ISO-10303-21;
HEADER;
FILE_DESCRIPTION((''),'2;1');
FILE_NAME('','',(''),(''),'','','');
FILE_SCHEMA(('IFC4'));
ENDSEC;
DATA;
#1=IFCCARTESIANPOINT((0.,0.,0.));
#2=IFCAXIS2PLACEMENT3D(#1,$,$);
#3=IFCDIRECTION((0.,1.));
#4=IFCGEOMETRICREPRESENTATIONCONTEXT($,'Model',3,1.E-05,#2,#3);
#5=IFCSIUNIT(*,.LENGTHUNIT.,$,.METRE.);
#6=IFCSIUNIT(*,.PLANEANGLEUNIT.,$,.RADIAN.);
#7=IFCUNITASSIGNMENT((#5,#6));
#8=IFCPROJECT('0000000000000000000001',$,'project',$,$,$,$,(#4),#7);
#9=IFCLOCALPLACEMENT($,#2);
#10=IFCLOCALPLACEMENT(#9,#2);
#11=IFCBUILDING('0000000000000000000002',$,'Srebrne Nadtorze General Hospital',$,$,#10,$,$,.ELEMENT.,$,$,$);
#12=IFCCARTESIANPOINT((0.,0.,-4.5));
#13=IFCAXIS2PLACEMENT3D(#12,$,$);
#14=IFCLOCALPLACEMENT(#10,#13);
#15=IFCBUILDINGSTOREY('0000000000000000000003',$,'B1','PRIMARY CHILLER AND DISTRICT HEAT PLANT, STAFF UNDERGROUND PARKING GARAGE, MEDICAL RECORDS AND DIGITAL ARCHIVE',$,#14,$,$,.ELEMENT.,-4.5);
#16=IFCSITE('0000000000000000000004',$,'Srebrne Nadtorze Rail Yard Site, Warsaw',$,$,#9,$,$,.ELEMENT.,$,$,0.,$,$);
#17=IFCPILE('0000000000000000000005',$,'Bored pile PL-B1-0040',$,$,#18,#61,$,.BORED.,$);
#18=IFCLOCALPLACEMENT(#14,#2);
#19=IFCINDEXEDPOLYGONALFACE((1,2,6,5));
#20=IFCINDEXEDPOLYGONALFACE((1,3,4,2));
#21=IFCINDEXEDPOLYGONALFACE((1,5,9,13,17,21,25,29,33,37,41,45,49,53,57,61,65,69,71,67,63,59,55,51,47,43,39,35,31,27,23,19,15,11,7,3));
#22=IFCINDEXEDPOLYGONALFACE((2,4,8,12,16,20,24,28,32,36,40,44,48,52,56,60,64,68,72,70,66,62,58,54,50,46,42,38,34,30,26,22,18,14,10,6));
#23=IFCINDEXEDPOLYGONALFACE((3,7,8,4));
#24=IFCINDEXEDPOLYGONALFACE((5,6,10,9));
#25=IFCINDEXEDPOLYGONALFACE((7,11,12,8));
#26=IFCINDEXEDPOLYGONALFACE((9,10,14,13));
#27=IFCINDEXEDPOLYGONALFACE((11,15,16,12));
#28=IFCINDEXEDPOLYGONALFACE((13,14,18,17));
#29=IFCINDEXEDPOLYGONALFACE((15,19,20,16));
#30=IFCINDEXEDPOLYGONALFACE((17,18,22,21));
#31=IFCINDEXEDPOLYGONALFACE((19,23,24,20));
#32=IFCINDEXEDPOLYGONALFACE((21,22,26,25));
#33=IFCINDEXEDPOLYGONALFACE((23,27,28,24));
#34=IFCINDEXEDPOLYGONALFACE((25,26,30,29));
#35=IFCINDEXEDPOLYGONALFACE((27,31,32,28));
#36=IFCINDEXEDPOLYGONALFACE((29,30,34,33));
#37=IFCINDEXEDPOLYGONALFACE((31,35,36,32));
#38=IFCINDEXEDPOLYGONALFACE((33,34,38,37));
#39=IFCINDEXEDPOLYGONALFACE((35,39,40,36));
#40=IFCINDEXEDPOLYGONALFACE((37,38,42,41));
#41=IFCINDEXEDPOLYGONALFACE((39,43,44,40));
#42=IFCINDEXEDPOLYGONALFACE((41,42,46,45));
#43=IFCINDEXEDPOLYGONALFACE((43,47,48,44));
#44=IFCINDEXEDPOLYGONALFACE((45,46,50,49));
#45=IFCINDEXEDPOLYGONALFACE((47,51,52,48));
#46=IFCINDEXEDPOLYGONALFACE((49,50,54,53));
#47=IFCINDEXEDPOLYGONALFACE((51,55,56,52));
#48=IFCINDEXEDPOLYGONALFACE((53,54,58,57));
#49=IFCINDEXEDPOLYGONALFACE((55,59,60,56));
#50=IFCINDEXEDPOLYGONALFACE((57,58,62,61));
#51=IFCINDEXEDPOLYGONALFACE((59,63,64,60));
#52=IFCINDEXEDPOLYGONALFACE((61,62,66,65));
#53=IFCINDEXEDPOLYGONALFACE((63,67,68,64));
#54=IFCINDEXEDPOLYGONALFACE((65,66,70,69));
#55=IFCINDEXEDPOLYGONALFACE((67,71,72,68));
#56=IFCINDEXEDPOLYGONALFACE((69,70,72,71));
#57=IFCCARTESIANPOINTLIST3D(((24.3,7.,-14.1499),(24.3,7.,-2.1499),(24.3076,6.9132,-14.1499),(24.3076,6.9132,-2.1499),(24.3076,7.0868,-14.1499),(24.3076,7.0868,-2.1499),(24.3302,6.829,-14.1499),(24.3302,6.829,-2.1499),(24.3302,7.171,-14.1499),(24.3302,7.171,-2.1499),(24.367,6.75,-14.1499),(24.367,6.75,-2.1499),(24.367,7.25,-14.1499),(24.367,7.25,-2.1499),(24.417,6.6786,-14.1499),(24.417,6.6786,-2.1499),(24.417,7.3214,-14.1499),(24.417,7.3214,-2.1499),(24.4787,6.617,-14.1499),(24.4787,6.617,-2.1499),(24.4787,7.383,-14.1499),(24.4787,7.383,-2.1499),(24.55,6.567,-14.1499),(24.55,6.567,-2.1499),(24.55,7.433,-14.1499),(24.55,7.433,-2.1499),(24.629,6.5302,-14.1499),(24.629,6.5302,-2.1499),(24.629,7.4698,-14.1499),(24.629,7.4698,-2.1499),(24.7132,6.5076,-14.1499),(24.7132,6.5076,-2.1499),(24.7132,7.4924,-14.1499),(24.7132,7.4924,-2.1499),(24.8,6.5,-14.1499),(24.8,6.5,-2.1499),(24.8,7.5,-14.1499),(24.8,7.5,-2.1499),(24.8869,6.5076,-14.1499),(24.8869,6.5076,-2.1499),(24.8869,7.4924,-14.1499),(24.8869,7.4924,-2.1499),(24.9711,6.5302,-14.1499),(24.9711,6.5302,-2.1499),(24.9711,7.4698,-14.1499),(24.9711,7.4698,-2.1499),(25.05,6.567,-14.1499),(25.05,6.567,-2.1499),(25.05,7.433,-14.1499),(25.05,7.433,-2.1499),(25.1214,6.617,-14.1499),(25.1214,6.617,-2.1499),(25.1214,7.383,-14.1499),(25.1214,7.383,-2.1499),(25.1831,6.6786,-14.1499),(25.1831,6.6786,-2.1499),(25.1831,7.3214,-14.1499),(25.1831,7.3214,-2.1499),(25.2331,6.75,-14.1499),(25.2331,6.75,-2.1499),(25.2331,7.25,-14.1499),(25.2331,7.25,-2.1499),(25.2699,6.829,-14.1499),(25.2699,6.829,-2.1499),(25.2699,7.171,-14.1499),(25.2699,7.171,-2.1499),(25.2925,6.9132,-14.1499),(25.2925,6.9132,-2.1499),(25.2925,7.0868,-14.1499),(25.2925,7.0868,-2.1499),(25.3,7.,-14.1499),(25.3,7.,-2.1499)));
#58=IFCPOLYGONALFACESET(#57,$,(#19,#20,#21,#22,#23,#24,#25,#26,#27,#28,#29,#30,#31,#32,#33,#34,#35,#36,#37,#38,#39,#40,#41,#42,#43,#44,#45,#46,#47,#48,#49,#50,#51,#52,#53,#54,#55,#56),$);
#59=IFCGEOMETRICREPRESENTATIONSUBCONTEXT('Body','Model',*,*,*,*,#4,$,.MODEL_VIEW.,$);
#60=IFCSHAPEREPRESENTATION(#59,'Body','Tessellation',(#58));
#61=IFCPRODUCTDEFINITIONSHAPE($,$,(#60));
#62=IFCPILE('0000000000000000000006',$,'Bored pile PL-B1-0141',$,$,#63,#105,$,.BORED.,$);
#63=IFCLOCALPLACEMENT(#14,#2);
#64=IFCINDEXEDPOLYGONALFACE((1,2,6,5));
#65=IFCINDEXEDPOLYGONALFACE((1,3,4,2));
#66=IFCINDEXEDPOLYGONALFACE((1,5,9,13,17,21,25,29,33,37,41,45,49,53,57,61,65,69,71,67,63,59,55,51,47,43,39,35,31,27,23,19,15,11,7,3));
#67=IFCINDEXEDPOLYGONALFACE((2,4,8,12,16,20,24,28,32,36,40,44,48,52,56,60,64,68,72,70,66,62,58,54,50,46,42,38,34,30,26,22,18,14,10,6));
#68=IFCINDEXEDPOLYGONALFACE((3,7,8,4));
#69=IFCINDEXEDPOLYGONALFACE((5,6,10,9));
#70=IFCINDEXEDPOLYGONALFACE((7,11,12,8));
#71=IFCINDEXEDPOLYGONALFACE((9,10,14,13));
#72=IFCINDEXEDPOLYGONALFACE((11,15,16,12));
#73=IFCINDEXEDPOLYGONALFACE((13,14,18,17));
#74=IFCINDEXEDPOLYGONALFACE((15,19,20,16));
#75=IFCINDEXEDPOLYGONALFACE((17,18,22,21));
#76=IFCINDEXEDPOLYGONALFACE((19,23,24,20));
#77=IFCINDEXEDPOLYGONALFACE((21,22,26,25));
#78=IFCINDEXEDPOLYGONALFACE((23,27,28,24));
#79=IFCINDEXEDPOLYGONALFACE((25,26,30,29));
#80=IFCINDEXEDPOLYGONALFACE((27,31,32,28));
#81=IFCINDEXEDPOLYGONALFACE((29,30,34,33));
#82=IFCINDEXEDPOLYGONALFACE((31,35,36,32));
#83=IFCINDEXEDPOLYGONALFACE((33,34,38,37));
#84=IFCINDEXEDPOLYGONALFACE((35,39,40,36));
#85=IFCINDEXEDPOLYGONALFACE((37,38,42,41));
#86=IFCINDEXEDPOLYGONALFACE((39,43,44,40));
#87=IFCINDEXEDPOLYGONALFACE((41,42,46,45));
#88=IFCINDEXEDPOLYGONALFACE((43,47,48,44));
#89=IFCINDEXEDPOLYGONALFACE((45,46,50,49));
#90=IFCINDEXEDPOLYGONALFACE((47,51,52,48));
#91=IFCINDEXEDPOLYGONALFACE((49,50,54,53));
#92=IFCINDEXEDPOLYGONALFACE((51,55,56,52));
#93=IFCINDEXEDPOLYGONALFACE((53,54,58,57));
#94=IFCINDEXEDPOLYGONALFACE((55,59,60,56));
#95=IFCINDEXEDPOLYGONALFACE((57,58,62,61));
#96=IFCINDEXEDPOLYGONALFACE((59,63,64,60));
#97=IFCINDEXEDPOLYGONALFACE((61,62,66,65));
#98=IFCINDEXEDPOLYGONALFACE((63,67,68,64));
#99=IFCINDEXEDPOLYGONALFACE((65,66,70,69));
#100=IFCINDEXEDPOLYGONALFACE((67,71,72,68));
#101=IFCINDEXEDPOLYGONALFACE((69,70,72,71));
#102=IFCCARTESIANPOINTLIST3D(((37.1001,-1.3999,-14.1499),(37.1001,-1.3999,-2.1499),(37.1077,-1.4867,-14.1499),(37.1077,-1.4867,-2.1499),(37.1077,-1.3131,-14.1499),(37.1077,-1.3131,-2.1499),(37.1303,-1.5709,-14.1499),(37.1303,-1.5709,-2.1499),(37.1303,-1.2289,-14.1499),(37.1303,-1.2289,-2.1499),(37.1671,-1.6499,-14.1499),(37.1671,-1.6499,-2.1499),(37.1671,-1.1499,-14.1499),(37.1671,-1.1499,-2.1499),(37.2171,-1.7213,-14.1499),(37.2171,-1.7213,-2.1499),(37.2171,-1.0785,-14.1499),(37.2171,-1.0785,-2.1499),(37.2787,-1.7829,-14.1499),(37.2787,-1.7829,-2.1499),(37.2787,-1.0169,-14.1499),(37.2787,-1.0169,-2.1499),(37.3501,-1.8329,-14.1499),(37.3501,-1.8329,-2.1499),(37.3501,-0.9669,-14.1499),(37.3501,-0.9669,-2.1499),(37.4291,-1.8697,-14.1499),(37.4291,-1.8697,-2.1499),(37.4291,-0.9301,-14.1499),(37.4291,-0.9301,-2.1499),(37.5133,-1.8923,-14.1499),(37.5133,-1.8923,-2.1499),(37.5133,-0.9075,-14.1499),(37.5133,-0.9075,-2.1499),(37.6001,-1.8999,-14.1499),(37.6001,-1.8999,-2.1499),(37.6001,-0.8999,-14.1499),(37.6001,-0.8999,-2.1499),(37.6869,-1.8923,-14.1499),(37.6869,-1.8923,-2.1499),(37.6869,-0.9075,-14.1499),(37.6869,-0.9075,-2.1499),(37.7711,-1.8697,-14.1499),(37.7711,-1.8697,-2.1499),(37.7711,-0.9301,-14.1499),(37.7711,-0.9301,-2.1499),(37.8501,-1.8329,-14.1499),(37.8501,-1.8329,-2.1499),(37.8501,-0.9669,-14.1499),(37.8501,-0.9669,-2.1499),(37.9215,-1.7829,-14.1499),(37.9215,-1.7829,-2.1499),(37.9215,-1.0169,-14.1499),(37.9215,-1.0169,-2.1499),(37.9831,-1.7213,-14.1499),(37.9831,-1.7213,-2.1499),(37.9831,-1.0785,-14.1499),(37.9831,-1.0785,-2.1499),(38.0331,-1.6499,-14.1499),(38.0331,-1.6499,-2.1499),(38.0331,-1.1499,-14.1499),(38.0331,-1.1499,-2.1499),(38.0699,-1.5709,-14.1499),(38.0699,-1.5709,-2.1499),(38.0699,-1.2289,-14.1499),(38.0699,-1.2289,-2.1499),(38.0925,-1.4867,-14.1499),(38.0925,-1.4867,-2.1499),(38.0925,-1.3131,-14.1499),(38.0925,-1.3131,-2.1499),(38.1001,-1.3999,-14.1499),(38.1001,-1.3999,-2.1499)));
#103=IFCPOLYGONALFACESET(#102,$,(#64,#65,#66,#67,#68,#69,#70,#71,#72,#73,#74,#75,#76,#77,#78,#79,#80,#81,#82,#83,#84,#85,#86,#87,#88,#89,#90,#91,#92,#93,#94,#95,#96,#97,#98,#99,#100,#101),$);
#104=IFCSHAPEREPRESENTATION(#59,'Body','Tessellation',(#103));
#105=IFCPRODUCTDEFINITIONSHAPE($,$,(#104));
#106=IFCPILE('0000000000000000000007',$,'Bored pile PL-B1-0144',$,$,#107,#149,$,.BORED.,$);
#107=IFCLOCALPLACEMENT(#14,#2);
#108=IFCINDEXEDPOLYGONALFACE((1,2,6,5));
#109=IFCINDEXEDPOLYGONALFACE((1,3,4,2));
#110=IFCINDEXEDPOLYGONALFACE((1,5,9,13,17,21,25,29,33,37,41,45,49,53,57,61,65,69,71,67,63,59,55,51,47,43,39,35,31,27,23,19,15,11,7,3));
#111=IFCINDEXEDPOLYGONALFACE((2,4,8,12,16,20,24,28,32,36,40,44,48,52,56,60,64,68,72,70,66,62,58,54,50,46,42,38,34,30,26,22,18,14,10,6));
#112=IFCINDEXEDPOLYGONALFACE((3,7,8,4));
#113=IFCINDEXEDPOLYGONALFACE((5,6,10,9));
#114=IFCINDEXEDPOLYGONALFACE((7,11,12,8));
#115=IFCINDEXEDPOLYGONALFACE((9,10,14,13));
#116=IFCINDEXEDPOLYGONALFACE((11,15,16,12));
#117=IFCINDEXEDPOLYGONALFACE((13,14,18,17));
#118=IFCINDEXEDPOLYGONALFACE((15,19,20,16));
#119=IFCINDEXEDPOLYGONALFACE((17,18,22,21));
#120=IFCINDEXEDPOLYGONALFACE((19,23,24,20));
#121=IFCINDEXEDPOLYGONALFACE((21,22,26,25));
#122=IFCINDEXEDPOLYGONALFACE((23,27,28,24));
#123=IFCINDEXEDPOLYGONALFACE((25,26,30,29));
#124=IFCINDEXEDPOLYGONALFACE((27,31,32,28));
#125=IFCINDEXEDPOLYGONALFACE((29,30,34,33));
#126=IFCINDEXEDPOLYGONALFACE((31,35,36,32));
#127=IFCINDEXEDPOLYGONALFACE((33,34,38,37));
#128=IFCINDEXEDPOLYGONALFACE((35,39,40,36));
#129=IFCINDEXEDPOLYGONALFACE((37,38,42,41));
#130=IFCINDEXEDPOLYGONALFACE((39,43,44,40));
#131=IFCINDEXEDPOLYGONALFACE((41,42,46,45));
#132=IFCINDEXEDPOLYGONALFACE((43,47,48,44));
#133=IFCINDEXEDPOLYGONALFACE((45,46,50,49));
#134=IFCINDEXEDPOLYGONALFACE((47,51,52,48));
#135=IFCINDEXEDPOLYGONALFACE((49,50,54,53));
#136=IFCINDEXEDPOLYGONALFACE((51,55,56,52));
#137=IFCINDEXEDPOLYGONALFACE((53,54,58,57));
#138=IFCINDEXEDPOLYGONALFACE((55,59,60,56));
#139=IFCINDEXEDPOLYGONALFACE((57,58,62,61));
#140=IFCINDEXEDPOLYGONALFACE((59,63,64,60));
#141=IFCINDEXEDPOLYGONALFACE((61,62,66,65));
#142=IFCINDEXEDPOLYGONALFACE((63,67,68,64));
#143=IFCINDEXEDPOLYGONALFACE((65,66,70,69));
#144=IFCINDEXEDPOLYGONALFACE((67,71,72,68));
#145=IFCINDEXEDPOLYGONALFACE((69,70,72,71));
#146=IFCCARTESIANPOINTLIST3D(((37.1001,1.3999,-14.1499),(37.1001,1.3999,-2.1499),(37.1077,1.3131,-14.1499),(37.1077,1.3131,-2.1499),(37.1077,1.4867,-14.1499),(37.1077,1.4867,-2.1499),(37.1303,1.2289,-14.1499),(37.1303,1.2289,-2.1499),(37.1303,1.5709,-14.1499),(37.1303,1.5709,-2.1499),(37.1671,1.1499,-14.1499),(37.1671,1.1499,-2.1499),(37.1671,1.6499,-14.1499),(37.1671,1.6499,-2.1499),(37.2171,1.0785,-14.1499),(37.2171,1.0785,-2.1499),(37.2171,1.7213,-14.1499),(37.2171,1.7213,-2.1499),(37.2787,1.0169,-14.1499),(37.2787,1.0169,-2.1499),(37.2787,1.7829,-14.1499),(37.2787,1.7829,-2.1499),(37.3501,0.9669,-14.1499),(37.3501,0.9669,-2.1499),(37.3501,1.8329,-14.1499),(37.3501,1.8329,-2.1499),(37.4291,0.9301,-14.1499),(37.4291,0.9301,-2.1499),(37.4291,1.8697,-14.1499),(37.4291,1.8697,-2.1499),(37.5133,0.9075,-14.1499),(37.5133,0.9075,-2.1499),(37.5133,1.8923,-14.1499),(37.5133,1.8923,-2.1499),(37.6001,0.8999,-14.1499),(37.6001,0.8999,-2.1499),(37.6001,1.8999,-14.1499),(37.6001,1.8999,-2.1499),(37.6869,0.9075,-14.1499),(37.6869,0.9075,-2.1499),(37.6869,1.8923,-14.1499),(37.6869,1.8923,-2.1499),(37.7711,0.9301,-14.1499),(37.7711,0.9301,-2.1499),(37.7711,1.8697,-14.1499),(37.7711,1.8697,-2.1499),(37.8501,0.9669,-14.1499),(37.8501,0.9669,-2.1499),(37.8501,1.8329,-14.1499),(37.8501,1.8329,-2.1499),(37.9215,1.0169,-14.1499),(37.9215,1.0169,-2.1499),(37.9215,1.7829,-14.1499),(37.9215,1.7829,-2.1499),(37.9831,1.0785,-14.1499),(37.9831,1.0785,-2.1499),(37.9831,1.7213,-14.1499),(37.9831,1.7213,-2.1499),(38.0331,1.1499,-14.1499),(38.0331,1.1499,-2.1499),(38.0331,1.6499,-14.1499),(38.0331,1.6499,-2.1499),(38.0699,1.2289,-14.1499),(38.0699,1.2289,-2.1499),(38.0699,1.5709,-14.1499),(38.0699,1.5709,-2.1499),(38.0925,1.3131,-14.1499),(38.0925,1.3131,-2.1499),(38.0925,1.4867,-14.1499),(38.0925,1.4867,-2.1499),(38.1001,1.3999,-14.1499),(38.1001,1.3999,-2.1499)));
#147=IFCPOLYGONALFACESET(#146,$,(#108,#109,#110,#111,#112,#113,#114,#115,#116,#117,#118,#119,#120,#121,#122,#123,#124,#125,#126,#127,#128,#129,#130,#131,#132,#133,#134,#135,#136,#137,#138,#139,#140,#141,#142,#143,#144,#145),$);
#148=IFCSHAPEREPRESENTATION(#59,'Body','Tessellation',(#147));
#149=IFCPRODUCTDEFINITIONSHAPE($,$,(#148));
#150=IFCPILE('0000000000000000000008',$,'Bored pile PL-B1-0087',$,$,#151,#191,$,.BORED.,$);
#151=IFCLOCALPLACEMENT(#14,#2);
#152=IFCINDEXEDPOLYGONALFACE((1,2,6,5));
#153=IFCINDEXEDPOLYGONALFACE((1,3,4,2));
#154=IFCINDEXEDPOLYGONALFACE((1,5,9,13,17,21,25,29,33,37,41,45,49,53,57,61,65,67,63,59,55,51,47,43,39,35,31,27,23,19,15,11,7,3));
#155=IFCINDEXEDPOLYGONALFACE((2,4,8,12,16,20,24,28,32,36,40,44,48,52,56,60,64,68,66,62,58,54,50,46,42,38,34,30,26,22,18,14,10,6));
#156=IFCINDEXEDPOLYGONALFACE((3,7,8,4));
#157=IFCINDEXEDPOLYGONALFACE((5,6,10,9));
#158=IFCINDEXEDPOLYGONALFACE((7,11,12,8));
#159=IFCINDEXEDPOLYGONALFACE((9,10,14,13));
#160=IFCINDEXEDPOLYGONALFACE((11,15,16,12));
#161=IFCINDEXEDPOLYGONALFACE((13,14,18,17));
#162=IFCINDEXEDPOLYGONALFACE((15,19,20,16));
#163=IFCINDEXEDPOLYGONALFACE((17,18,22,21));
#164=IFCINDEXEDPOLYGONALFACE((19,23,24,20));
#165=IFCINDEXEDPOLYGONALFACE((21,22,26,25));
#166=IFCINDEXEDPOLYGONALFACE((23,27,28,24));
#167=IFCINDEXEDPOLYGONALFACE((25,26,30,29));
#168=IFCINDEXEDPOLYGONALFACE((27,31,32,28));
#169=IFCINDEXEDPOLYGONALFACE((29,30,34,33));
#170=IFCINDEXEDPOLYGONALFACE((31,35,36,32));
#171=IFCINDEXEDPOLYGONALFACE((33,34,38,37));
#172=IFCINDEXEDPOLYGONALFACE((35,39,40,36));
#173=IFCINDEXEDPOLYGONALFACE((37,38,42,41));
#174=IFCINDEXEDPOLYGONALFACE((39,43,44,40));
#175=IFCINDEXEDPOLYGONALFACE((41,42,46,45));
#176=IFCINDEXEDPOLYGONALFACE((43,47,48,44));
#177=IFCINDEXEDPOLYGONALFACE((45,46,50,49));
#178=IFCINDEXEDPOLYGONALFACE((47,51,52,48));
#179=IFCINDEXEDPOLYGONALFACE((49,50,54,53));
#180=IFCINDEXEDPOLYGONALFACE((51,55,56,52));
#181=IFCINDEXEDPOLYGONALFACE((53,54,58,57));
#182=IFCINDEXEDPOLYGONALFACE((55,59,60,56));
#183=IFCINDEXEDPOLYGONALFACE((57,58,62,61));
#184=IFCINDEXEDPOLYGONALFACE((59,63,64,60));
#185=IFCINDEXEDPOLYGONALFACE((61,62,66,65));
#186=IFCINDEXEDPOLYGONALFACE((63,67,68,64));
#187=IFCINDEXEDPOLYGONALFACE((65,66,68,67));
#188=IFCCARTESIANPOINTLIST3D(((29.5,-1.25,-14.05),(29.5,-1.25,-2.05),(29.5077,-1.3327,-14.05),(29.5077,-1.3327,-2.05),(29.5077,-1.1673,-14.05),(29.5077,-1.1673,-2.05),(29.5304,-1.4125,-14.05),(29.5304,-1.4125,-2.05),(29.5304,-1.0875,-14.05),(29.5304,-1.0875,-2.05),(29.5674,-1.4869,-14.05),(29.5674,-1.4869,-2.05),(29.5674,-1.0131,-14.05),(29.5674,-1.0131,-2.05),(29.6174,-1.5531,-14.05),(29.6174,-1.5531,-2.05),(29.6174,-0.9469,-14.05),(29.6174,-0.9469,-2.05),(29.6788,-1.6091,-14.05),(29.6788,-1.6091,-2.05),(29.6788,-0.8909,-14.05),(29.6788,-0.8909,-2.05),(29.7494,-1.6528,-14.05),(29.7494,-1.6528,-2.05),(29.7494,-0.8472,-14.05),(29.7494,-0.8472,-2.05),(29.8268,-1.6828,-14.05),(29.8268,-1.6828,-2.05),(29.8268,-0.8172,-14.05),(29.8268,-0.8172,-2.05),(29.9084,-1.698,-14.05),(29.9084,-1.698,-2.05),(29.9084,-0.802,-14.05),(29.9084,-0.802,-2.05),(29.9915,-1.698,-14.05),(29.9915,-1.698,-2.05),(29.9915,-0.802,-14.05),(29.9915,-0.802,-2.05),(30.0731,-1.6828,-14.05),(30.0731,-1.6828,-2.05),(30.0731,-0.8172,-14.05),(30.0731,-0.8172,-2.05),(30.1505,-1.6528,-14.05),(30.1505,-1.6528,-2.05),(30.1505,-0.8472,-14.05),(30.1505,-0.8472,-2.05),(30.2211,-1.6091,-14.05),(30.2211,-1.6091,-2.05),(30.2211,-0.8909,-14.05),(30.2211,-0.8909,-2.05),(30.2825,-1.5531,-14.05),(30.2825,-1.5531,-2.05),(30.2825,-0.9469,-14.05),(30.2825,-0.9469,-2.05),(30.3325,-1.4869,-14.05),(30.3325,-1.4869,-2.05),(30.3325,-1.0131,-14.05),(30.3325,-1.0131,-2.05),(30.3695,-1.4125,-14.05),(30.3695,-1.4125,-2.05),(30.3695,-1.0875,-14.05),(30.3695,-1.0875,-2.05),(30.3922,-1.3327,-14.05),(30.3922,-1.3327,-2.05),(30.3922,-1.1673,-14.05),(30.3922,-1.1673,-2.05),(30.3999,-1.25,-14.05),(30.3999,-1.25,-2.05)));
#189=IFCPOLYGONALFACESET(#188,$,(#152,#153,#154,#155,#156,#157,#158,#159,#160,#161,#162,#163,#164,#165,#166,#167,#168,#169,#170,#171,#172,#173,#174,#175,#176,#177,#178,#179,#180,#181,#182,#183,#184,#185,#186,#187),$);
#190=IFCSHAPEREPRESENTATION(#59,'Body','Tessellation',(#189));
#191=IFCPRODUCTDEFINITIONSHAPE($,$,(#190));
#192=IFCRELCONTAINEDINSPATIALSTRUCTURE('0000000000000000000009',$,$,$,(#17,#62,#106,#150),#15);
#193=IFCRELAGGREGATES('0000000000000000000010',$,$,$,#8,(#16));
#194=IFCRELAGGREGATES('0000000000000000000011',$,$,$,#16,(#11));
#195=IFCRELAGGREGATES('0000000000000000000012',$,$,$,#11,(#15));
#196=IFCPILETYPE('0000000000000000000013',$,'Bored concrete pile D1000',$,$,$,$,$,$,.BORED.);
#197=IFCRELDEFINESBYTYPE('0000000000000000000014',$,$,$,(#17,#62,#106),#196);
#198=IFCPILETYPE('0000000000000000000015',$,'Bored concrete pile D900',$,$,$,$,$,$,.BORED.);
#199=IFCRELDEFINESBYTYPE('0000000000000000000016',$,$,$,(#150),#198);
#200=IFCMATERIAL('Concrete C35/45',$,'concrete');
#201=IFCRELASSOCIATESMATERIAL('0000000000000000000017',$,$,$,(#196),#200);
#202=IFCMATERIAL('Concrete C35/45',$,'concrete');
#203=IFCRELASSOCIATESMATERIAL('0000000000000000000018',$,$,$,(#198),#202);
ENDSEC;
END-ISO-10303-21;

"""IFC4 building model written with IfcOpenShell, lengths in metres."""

from ifc_helpers import new_model, si_unit, direction, frame, origin, origin_2d, place, context, subcontext, project, spatial, circle, extrude, material, material_profile, profile_set, type_object, element, save


model = new_model("IFC4")

# Units and contexts
model_context = context("Model", 3, precision=1e-05, world=origin(), true_north=direction((0.0, 1.0)))
body_context = subcontext(model_context, "Body", "Model", "MODEL_VIEW")
ifc_project = project(units=[si_unit("LENGTHUNIT", "METRE"), si_unit("PLANEANGLEUNIT", "RADIAN")], contexts=[model_context])

# Site, building, storey
site_placement = place(None, origin())
site = spatial("IfcSite", under=ifc_project, at=site_placement, Name="Srebrne Nadtorze Rail Yard Site, Warsaw", CompositionType="ELEMENT", RefElevation=0.0)
building_placement = place(site_placement, origin())
building = spatial("IfcBuilding", under=site, at=building_placement, Name="Srebrne Nadtorze General Hospital", CompositionType="ELEMENT")
storey_placement = place(building_placement, frame((0.0, 0.0, -4.5)))
storey = spatial("IfcBuildingStorey", under=building, at=storey_placement, Name="B1", Description="PRIMARY CHILLER AND DISTRICT HEAT PLANT, STAFF UNDERGROUND PARKING GARAGE, MEDICAL RECORDS AND DIGITAL ARCHIVE", CompositionType="ELEMENT", Elevation=-4.5)

# Piles
ifc_material_1 = material(Name="Concrete C35/45", Category="concrete")
ifc_material_profile_1 = material_profile(ifc_material_1, circle(Radius=0.5, at=origin_2d()), Name="PILE-D1000")
ifc_profile_set_1 = profile_set([ifc_material_profile_1], Name="Concrete C35/45")
pile_type_1 = type_object("IfcPileType", Name="Bored concrete pile D1000", PredefinedType="BORED", material=ifc_profile_set_1)
for number, where, z_axis, x_axis, name in (
    (1, (24.8, 7.0, -2.1499), (0.0, 0.0, -1.0), (1.0, 0.0, 0.0), "Bored pile PL-B1-0040"),
    (2, (37.6001, -1.3999, -2.1499), (0.0, 0.0, -1.0), (1.0, 0.0, 0.0), "Bored pile PL-B1-0141"),
    (3, (37.6001, 1.3999, -2.1499), (0.0, 0.0, -1.0), (1.0, 0.0, 0.0), "Bored pile PL-B1-0144"),
):
    element("IfcPile", number, at=place(storey_placement, frame(where, z_axis=z_axis, x_axis=x_axis)), inside=storey, type_object=pile_type_1, Name=name, PredefinedType="BORED", context=body_context, shape_type="SweptSolid", body=[
        extrude(circle(Radius=0.5, at=origin_2d()), origin(), (0.0, 0.0, 1.0), 12.0),
    ])
ifc_material_2 = material(Name="Concrete C35/45", Category="concrete")
ifc_material_profile_2 = material_profile(ifc_material_2, circle(Radius=0.45, at=origin_2d()), Name="PILE-D900")
ifc_profile_set_2 = profile_set([ifc_material_profile_2], Name="Concrete C35/45")
pile_type_2 = type_object("IfcPileType", Name="Bored concrete pile D900", PredefinedType="BORED", material=ifc_profile_set_2)
for number, where, z_axis, x_axis, name in (
    (4, (29.95, -1.25, -2.05), (0.0, 0.0, -1.0), (1.0, 0.0, 0.0), "Bored pile PL-B1-0087"),
):
    element("IfcPile", number, at=place(storey_placement, frame(where, z_axis=z_axis, x_axis=x_axis)), inside=storey, type_object=pile_type_2, Name=name, PredefinedType="BORED", context=body_context, shape_type="SweptSolid", body=[
        extrude(circle(Radius=0.45, at=origin_2d()), origin(), (0.0, 0.0, 1.0), 12.0),
    ])

save(model, "model.ifc")
